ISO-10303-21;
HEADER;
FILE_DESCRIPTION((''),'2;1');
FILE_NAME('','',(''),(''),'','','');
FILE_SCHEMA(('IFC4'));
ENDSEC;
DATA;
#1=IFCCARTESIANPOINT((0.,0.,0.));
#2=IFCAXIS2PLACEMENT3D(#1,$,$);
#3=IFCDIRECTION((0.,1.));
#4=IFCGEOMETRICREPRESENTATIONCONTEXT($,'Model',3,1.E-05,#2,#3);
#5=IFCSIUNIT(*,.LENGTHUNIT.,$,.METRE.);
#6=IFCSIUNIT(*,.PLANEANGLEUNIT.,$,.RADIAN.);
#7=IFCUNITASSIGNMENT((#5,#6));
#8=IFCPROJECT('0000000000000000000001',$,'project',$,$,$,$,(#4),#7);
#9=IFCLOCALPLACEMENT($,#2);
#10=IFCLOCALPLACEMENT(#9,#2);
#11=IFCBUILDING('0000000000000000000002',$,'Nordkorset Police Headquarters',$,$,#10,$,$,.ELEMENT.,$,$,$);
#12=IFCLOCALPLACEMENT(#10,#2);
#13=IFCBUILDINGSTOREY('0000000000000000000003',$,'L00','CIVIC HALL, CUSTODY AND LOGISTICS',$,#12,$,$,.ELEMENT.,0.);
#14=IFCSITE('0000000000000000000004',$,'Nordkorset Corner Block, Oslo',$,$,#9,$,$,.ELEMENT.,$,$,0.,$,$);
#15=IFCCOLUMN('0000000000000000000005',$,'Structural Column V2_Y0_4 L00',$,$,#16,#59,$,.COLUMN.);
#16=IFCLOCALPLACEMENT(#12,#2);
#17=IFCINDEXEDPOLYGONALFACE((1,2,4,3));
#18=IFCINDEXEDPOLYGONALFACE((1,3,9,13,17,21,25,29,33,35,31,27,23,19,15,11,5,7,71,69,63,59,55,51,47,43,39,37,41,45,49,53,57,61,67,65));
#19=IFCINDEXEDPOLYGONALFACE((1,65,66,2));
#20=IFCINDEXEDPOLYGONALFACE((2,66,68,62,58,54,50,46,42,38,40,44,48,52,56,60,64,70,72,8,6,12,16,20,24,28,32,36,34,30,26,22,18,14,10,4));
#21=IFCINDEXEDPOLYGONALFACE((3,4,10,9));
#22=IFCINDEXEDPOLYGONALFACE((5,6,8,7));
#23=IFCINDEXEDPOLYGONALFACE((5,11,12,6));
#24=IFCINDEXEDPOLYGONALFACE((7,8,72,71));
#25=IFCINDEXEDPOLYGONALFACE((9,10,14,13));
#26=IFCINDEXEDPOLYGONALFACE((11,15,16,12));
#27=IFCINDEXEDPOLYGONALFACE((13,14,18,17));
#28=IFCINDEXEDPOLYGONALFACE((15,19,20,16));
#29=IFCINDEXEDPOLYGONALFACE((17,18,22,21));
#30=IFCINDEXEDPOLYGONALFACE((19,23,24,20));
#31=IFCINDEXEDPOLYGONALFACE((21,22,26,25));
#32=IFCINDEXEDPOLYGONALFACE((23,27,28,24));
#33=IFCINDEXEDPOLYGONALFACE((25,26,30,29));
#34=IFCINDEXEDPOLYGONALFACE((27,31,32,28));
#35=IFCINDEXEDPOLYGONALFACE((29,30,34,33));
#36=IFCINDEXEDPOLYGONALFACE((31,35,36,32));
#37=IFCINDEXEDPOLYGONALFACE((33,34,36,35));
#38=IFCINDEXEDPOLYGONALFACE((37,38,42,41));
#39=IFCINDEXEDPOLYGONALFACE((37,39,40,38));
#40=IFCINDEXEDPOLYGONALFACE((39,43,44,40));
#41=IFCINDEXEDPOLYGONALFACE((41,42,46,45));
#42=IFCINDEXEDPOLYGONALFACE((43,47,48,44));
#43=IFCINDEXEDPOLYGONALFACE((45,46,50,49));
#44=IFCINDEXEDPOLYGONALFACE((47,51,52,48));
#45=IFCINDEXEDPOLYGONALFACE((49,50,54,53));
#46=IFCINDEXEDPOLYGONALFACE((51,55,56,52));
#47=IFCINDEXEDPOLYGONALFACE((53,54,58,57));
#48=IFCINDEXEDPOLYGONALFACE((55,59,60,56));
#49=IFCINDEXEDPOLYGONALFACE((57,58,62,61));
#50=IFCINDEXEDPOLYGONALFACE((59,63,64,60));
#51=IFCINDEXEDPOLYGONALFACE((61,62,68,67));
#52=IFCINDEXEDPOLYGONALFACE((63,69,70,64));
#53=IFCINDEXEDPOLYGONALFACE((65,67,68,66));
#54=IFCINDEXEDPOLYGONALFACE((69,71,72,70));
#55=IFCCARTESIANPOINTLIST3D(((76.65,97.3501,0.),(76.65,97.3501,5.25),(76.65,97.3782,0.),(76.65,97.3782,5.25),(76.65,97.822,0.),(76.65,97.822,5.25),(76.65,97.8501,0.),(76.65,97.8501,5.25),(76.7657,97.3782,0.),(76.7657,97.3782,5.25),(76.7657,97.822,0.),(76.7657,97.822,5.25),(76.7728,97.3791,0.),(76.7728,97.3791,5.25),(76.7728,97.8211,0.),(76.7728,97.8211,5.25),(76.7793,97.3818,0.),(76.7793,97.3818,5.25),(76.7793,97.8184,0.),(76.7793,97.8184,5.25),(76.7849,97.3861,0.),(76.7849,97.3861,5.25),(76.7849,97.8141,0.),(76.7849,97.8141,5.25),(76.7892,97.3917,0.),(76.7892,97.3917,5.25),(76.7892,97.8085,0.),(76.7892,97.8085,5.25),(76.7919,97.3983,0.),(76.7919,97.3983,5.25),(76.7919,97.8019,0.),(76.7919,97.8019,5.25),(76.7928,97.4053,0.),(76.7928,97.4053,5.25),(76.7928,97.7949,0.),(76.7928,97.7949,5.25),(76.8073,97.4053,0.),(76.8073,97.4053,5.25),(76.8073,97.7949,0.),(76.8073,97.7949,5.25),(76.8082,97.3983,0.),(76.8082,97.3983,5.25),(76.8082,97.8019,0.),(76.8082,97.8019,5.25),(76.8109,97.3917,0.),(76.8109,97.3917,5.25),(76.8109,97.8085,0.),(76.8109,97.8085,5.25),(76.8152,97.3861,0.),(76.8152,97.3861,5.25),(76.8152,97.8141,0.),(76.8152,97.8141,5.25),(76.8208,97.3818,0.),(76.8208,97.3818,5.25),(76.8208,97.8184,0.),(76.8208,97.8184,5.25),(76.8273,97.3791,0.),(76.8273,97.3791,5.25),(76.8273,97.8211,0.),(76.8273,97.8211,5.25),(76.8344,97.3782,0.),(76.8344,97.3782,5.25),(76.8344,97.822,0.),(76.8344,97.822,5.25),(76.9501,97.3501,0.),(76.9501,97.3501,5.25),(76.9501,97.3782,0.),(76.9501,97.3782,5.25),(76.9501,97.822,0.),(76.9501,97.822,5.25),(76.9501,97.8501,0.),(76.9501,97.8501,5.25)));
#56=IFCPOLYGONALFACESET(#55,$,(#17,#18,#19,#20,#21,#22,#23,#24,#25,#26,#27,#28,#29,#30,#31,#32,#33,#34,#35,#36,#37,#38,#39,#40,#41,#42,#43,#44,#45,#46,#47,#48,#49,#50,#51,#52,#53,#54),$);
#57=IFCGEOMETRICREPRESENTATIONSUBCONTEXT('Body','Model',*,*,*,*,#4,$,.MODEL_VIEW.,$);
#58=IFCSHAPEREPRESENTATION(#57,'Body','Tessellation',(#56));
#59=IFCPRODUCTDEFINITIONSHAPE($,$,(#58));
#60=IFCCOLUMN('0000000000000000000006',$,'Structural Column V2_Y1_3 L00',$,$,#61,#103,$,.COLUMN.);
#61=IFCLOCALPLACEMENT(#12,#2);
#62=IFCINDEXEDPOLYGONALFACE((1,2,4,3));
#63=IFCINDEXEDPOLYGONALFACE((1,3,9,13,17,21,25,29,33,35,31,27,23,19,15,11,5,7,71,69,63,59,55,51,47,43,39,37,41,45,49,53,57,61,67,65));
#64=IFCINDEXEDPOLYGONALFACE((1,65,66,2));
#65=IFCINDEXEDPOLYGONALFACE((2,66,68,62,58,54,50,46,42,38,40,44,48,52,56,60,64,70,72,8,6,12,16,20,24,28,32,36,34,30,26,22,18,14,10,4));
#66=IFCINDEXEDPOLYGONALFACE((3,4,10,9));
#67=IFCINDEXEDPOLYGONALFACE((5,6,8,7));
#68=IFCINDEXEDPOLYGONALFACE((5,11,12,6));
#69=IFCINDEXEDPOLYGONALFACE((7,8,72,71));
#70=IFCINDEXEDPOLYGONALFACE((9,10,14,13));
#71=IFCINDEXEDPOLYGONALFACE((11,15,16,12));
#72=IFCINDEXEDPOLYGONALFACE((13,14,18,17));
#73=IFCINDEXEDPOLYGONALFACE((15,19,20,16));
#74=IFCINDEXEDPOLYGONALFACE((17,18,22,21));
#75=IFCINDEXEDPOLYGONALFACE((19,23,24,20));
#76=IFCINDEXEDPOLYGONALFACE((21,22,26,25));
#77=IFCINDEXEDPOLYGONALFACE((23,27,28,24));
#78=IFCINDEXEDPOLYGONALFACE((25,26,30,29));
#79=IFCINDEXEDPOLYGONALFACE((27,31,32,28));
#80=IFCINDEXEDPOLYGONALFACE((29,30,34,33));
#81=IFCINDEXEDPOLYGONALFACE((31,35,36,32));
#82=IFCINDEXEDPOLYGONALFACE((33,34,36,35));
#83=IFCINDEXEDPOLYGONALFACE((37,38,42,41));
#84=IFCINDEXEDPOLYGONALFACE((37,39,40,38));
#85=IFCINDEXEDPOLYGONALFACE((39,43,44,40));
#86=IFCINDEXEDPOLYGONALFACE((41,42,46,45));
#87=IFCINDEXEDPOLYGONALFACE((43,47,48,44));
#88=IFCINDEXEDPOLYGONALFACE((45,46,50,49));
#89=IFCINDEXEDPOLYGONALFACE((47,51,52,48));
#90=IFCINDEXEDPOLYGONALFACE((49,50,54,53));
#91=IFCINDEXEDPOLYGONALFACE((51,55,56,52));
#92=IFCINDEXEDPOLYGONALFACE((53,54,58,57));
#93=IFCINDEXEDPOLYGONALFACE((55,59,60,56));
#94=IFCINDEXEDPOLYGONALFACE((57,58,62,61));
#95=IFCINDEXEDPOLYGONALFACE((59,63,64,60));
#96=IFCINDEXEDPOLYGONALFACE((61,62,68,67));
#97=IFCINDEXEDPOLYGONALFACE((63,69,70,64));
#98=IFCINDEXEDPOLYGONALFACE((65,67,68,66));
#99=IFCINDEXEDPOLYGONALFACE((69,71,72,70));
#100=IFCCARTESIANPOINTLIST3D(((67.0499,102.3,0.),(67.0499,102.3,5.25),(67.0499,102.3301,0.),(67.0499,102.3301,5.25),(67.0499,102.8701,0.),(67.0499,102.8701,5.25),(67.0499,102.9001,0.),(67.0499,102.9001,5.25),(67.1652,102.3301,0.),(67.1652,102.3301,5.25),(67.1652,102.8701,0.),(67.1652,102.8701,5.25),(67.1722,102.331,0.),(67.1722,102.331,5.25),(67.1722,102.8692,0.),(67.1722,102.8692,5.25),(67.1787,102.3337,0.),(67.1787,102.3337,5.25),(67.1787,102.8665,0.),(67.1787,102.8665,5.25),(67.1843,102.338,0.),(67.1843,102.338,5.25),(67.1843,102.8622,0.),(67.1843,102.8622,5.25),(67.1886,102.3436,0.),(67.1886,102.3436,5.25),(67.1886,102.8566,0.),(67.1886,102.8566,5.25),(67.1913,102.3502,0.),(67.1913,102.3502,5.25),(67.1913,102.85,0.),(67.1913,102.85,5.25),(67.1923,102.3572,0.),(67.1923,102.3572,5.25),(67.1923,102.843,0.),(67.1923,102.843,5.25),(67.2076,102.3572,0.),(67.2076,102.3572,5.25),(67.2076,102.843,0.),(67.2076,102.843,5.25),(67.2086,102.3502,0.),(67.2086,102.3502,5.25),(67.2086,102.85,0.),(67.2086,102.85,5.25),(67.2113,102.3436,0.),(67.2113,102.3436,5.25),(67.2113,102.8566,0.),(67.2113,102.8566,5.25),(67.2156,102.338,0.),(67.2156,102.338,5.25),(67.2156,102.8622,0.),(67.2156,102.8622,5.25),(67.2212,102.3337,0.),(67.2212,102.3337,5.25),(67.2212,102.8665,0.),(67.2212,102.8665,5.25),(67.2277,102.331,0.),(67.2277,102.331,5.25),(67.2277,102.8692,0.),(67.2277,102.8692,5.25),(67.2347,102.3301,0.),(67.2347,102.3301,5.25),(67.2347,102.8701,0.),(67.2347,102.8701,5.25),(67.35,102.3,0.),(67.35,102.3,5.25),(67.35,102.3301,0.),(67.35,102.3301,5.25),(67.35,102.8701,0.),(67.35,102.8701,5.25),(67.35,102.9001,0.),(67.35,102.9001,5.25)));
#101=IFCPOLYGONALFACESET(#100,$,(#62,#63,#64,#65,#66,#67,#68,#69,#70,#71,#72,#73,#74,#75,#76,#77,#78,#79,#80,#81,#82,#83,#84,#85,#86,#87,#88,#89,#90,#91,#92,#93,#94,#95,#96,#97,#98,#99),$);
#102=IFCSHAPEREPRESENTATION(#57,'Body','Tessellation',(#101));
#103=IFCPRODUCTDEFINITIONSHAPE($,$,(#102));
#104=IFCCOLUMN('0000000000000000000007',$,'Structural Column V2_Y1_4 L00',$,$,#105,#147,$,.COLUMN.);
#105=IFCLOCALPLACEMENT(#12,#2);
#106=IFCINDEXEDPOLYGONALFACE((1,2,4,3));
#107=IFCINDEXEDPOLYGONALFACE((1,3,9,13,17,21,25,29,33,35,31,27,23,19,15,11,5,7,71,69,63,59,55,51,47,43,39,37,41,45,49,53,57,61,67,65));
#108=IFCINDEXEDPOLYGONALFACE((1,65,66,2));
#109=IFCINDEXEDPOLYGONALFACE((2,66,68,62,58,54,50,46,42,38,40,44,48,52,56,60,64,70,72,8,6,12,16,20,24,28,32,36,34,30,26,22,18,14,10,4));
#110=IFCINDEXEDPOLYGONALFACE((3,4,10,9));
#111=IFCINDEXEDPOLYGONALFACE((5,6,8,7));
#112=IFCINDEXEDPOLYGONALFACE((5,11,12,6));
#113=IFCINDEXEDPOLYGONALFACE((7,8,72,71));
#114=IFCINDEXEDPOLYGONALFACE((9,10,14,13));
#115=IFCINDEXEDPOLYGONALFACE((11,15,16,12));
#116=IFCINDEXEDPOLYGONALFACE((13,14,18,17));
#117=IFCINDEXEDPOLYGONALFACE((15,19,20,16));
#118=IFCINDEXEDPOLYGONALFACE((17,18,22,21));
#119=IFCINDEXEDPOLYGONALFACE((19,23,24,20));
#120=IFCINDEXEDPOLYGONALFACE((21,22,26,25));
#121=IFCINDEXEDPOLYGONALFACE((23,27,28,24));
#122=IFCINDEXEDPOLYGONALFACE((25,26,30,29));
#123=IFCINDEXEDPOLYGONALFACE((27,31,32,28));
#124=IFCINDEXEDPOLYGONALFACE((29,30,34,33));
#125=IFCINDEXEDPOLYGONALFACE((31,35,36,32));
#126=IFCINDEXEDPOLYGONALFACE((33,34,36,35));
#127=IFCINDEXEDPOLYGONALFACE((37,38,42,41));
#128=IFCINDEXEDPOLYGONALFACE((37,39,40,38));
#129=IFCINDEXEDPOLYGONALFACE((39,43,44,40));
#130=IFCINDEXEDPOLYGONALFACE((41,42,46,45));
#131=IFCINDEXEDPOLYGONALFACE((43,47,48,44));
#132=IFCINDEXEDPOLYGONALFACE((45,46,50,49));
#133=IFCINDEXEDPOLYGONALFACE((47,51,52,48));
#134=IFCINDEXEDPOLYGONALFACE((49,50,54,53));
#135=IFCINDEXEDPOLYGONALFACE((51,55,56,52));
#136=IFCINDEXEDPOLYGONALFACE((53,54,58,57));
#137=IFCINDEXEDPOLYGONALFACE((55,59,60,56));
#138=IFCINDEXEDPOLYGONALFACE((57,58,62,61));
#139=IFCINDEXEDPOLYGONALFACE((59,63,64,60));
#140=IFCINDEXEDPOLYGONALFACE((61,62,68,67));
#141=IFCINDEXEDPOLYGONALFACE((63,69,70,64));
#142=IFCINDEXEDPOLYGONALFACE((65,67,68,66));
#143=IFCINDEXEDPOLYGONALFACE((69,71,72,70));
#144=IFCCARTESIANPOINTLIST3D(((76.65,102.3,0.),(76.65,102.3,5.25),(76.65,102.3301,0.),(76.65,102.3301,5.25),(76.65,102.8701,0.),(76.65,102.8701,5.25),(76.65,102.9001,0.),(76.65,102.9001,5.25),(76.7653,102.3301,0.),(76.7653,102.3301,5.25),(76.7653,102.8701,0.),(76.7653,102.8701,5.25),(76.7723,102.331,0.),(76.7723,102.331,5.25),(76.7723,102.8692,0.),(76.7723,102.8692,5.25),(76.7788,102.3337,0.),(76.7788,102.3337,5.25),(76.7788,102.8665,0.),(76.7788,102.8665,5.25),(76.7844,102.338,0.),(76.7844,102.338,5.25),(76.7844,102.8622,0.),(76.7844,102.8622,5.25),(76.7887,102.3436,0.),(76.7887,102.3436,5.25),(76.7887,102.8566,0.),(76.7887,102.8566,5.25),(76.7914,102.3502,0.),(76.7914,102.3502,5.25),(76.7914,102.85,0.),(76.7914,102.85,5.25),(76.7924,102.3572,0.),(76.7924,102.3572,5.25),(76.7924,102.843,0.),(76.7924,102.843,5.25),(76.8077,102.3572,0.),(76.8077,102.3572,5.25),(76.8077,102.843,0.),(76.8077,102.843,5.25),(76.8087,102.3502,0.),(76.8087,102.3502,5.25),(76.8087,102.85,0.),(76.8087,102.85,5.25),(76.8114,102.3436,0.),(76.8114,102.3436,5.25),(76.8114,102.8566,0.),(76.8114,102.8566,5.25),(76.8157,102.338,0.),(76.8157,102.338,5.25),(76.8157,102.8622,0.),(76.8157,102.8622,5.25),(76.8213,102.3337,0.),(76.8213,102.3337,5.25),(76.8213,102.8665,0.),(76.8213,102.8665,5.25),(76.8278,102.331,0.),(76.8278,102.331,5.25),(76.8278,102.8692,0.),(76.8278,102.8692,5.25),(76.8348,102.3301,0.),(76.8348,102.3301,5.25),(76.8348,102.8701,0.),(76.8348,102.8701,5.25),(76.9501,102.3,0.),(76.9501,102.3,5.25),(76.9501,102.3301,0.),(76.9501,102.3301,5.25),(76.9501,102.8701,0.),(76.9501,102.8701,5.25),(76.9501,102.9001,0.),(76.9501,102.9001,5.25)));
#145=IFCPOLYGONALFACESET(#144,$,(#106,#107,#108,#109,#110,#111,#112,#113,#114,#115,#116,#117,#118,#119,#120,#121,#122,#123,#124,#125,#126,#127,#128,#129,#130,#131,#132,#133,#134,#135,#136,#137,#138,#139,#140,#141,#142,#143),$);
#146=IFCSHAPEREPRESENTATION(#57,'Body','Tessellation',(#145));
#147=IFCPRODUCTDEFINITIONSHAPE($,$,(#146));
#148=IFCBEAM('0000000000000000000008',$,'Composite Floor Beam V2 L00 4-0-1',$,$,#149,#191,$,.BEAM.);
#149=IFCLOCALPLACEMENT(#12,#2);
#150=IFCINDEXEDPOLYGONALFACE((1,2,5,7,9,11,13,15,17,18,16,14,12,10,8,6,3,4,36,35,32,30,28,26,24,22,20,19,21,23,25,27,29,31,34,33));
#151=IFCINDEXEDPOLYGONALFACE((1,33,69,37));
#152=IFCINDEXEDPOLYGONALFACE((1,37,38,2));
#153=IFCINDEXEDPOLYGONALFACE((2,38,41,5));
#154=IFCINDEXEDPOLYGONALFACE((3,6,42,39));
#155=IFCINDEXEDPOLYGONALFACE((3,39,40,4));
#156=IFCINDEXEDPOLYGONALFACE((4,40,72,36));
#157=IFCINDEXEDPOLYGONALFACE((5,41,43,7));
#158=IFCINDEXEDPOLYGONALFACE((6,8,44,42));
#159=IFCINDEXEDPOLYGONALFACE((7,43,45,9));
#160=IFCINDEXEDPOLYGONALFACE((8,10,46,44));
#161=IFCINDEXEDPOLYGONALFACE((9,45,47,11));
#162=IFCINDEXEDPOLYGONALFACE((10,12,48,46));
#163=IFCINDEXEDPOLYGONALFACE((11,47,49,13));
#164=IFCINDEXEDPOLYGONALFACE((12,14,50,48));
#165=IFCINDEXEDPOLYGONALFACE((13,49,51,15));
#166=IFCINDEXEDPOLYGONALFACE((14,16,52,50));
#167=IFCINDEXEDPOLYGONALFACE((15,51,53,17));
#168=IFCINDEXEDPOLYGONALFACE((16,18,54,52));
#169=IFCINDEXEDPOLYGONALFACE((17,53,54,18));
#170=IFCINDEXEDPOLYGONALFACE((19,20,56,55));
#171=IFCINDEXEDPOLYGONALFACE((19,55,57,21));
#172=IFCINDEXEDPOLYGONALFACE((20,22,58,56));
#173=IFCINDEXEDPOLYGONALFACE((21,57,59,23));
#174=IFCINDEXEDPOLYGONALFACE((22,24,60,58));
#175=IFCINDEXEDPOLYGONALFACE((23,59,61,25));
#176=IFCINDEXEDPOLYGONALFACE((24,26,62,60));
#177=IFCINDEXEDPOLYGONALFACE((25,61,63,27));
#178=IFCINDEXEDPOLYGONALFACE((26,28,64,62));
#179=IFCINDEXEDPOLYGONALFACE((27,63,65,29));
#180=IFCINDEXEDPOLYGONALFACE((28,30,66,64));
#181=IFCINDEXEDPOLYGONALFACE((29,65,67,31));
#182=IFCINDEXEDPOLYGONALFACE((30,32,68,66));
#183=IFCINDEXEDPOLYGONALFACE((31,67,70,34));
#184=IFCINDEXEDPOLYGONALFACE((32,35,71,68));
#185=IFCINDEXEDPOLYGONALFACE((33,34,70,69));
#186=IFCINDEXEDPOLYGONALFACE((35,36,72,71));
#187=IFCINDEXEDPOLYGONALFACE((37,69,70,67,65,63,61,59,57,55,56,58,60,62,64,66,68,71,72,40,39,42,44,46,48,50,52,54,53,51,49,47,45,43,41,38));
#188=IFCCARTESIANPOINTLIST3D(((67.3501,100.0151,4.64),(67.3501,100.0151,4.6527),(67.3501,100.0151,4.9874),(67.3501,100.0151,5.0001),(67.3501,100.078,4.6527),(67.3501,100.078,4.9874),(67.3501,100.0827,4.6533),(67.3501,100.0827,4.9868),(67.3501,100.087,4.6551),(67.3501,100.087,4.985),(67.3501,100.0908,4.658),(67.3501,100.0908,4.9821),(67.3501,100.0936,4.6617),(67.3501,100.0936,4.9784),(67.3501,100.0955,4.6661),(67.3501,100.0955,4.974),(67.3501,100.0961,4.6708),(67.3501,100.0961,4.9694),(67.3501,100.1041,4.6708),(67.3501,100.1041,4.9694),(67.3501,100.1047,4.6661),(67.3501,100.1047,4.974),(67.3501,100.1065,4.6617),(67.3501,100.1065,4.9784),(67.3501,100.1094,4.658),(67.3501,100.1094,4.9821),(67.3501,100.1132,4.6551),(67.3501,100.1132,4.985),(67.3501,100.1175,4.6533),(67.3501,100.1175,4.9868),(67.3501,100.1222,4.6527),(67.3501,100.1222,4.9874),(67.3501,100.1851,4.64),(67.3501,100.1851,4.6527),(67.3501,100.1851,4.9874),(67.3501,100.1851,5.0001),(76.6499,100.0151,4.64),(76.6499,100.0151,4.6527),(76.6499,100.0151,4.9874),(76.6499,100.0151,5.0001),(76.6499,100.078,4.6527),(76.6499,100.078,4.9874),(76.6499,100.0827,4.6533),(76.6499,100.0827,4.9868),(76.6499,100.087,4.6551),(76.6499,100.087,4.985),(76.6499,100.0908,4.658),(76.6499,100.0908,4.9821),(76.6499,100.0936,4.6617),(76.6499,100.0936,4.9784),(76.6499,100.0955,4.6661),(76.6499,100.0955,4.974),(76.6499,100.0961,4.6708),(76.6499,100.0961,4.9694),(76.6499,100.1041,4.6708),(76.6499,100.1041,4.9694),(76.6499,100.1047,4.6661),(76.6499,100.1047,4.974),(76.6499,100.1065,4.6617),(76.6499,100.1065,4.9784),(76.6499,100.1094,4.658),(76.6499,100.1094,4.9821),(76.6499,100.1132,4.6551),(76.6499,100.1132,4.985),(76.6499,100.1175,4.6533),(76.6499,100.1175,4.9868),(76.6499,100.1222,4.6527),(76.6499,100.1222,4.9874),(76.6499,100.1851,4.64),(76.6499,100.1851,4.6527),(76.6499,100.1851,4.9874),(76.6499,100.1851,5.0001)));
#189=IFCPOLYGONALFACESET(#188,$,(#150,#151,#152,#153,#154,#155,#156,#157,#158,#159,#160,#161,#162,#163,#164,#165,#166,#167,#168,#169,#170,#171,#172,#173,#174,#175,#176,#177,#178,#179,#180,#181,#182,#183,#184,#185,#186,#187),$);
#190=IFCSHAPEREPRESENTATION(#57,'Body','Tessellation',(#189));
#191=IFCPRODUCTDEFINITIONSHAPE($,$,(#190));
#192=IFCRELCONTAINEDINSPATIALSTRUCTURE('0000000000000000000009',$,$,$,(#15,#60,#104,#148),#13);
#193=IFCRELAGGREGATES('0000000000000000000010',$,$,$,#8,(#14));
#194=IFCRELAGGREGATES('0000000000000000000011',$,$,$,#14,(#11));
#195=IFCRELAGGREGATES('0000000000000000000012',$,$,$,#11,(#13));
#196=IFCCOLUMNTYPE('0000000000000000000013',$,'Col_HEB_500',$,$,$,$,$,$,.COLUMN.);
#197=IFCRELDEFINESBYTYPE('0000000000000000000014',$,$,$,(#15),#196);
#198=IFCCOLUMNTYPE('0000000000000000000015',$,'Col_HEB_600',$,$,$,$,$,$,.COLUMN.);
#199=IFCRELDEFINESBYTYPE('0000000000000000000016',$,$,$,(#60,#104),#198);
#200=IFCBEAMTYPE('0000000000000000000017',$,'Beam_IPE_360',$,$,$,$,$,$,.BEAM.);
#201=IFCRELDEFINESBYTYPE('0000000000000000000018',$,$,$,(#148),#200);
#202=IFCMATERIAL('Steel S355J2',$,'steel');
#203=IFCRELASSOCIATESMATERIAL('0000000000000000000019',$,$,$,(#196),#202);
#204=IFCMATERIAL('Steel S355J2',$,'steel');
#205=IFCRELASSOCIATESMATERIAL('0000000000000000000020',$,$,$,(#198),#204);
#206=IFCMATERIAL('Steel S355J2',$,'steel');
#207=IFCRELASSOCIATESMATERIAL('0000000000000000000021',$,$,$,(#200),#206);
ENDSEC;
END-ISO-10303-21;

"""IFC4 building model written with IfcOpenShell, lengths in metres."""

from ifc_helpers import new_model, si_unit, direction, frame, origin, origin_2d, place, context, subcontext, project, spatial, i_section, extrude, material, material_profile, profile_set, type_object, element, save


model = new_model("IFC4")

# Units and contexts
model_context = context("Model", 3, precision=1e-05, world=origin(), true_north=direction((0.0, 1.0)))
body_context = subcontext(model_context, "Body", "Model", "MODEL_VIEW")
ifc_project = project(units=[si_unit("LENGTHUNIT", "METRE"), si_unit("PLANEANGLEUNIT", "RADIAN")], contexts=[model_context])

# Site, building, storey
site_placement = place(None, origin())
site = spatial("IfcSite", under=ifc_project, at=site_placement, Name="Nordkorset Corner Block, Oslo", CompositionType="ELEMENT", RefElevation=0.0)
building_placement = place(site_placement, origin())
building = spatial("IfcBuilding", under=site, at=building_placement, Name="Nordkorset Police Headquarters", CompositionType="ELEMENT")
storey_placement = place(building_placement, origin())
storey = spatial("IfcBuildingStorey", under=building, at=storey_placement, Name="L00", Description="CIVIC HALL, CUSTODY AND LOGISTICS", CompositionType="ELEMENT", Elevation=0.0)

# Columns
ifc_material_1 = material(Name="Steel S355J2", Category="steel")
ifc_material_profile_1 = material_profile(ifc_material_1, i_section(OverallWidth=0.3, OverallDepth=0.5, WebThickness=0.0144, FlangeThickness=0.0281, FilletRadius=0.0271, at=origin_2d()), Name="HEB 500")
ifc_profile_set_1 = profile_set([ifc_material_profile_1], Name="Steel S355J2")
column_type_1 = type_object("IfcColumnType", Name="Col_HEB_500", PredefinedType="COLUMN", material=ifc_profile_set_1)
column_placement = place(storey_placement, frame((76.8, 97.6001, 0.0), z_axis=(0.0, 0.0, 1.0), x_axis=(1.0, 0.0, 0.0)))
element("IfcColumn", 1, at=column_placement, inside=storey, type_object=column_type_1, Name="Structural Column V2_Y0_4 L00", PredefinedType="COLUMN", context=body_context, shape_type="SweptSolid", body=[
    extrude(i_section(OverallWidth=0.3, OverallDepth=0.5, WebThickness=0.0144, FlangeThickness=0.0281, FilletRadius=0.0271, at=origin_2d()), origin(), (0.0, 0.0, 1.0), 5.25),
])
ifc_material_2 = material(Name="Steel S355J2", Category="steel")
ifc_material_profile_2 = material_profile(ifc_material_2, i_section(OverallWidth=0.3, OverallDepth=0.6001, WebThickness=0.0154, FlangeThickness=0.03, FilletRadius=0.0271, at=origin_2d()), Name="HEB 600")
ifc_profile_set_2 = profile_set([ifc_material_profile_2], Name="Steel S355J2")
column_type_2 = type_object("IfcColumnType", Name="Col_HEB_600", PredefinedType="COLUMN", material=ifc_profile_set_2)
for number, where, z_axis, x_axis, name in (
    (2, (67.2, 102.6001, 0.0), (0.0, 0.0, 1.0), (1.0, 0.0, 0.0), "Structural Column V2_Y1_3 L00"),
    (3, (76.8, 102.6001, 0.0), (0.0, 0.0, 1.0), (1.0, 0.0, 0.0), "Structural Column V2_Y1_4 L00"),
):
    element("IfcColumn", number, at=place(storey_placement, frame(where, z_axis=z_axis, x_axis=x_axis)), inside=storey, type_object=column_type_2, Name=name, PredefinedType="COLUMN", context=body_context, shape_type="SweptSolid", body=[
        extrude(i_section(OverallWidth=0.3, OverallDepth=0.6001, WebThickness=0.0154, FlangeThickness=0.03, FilletRadius=0.0271, at=origin_2d()), origin(), (0.0, 0.0, 1.0), 5.25),
    ])

# Beam
ifc_material_3 = material(Name="Steel S355J2", Category="steel")
ifc_material_profile_3 = material_profile(ifc_material_3, i_section(OverallWidth=0.1699, OverallDepth=0.3601, WebThickness=0.0081, FlangeThickness=0.0127, FilletRadius=0.0181, at=origin_2d()), Name="IPE 360")
ifc_profile_set_3 = profile_set([ifc_material_profile_3], Name="Steel S355J2")
beam_type_1 = type_object("IfcBeamType", Name="Beam_IPE_360", PredefinedType="BEAM", material=ifc_profile_set_3)
for number, where, z_axis, x_axis, name in (
    (4, (67.3501, 100.1001, 4.8201), (1.0, 0.0, 0.0), (0.0, 1.0, 0.0), "Composite Floor Beam V2 L00 4-0-1"),
):
    element("IfcBeam", number, at=place(storey_placement, frame(where, z_axis=z_axis, x_axis=x_axis)), inside=storey, type_object=beam_type_1, Name=name, PredefinedType="BEAM", context=body_context, shape_type="SweptSolid", body=[
        extrude(i_section(OverallWidth=0.1699, OverallDepth=0.3601, WebThickness=0.0081, FlangeThickness=0.0127, FilletRadius=0.0181, at=origin_2d()), origin(), (0.0, 0.0, 1.0), 9.2998),
    ])

save(model, "model.ifc")
